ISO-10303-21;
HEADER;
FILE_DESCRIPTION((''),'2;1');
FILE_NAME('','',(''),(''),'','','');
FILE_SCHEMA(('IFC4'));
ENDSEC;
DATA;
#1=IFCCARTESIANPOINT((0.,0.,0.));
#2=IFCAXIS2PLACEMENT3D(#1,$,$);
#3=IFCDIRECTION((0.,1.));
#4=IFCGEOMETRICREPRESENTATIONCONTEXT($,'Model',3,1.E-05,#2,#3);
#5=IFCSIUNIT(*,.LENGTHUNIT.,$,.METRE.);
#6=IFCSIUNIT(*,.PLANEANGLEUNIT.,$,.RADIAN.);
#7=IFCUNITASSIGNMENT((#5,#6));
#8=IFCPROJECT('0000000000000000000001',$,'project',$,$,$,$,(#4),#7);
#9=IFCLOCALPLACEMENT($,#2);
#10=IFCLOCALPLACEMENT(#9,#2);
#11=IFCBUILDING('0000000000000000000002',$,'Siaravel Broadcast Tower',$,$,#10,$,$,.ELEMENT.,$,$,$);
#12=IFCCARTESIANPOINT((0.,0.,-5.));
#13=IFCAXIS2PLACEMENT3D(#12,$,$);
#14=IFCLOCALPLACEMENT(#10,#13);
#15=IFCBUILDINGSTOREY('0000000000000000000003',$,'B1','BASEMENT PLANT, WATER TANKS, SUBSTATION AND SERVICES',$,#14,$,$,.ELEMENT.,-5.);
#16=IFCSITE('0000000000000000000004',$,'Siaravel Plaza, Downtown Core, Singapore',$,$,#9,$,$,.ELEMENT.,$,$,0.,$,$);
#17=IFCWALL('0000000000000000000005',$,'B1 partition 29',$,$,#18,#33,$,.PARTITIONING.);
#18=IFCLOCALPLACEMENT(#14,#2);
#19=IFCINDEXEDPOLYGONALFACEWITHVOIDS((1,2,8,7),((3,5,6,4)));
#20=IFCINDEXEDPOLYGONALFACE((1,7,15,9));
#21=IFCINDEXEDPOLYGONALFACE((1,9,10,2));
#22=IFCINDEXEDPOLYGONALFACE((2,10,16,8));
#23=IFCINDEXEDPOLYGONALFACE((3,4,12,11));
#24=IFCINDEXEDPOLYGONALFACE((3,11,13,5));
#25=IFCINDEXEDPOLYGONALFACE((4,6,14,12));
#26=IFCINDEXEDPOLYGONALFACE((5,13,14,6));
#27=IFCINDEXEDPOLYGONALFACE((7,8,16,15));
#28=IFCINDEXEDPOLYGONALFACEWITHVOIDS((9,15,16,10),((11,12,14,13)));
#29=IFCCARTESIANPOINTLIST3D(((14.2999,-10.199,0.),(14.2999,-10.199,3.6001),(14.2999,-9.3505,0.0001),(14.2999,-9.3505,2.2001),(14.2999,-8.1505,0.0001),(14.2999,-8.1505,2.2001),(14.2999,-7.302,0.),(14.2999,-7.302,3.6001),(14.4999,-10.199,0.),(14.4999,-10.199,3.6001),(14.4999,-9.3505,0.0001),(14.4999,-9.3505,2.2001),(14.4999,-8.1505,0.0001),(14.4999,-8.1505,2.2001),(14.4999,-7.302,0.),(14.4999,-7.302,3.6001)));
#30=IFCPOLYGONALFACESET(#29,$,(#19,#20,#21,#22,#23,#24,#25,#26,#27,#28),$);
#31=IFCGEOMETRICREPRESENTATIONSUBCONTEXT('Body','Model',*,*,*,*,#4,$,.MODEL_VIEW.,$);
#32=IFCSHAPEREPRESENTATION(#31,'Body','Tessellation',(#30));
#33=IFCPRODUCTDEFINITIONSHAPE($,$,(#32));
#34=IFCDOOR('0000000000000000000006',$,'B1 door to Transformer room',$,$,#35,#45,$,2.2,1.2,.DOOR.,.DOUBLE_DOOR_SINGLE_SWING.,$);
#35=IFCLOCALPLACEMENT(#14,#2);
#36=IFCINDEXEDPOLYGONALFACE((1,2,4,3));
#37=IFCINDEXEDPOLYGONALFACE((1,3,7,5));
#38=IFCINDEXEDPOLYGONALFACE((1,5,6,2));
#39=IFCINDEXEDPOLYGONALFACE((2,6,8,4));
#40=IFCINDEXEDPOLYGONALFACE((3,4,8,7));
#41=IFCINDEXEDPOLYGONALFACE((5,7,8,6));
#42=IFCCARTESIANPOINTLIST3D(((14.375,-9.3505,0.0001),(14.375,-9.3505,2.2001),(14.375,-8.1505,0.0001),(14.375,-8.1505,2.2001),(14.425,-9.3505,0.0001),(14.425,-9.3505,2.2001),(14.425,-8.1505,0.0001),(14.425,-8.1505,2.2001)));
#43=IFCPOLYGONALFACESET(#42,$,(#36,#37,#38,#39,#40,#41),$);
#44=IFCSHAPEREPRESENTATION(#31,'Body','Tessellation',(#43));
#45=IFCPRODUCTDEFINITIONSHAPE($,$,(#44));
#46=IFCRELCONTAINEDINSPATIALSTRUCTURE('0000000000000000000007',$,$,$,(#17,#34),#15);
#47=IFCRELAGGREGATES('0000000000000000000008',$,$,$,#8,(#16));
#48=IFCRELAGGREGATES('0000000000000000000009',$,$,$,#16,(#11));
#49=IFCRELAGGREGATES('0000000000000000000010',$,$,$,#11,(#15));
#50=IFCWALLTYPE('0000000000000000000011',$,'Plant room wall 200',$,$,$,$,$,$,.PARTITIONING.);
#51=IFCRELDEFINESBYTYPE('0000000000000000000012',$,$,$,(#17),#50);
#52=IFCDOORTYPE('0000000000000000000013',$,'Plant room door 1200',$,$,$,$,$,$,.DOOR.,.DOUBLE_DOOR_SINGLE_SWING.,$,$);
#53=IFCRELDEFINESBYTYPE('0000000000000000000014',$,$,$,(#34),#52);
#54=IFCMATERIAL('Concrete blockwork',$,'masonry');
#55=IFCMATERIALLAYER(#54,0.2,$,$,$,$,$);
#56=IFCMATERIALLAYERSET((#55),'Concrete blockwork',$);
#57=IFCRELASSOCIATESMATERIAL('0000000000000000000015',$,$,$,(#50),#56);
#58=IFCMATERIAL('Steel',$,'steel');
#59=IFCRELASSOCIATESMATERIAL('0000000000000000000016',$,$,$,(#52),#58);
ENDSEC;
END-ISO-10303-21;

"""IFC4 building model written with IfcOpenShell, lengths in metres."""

from ifc_helpers import new_model, si_unit, direction, frame, frame_2d, origin, place, context, subcontext, project, spatial, rectangle, extrude, material, layer, layer_set, type_object, element, fill, save


model = new_model("IFC4")

# Units and contexts
model_context = context("Model", 3, precision=1e-05, world=origin(), true_north=direction((0.0, 1.0)))
body_context = subcontext(model_context, "Body", "Model", "MODEL_VIEW")
ifc_project = project(units=[si_unit("LENGTHUNIT", "METRE"), si_unit("PLANEANGLEUNIT", "RADIAN")], contexts=[model_context])

# Site, building, storey
site_placement = place(None, origin())
site = spatial("IfcSite", under=ifc_project, at=site_placement, Name="Siaravel Plaza, Downtown Core, Singapore", CompositionType="ELEMENT", RefElevation=0.0)
building_placement = place(site_placement, origin())
building = spatial("IfcBuilding", under=site, at=building_placement, Name="Siaravel Broadcast Tower", CompositionType="ELEMENT")
storey_placement = place(building_placement, frame((0.0, 0.0, -5.0)))
storey = spatial("IfcBuildingStorey", under=building, at=storey_placement, Name="B1", Description="BASEMENT PLANT, WATER TANKS, SUBSTATION AND SERVICES", CompositionType="ELEMENT", Elevation=-5.0)

# Shared definitions
ifc_material_1 = material(Name="Concrete blockwork", Category="masonry")
ifc_layer = layer(ifc_material_1, 0.2)
ifc_layer_set = layer_set([ifc_layer], Name="Concrete blockwork")
wall_type = type_object("IfcWallType", Name="Plant room wall 200", PredefinedType="PARTITIONING", material=ifc_layer_set)

# Shared definitions
ifc_material_2 = material(Name="Steel", Category="steel")
door_type = type_object("IfcDoorType", Name="Plant room door 1200", OperationType="DOUBLE_DOOR_SINGLE_SWING", PredefinedType="DOOR", material=ifc_material_2)

# Wall, opening, door
wall_1_placement = place(storey_placement, frame((14.3999, -10.199, 0.0), z_axis=(0.0, 0.0, 1.0), x_axis=(0.0, 1.0, 0.0)))
wall_1 = element("IfcWall", 1, at=wall_1_placement, inside=storey, type_object=wall_type, Name="B1 partition 29", PredefinedType="PARTITIONING", context=body_context, shape_type="SweptSolid", body=[
    extrude(rectangle(XDim=2.897, YDim=0.2, at=frame_2d((1.4485, 0.0))), origin(), (0.0, 0.0, 1.0), 3.6001),
])
opening_1_placement = place(wall_1_placement, frame((0.8484, 0.0, 0.0)))
opening_1 = element("IfcOpeningElement", 2, at=opening_1_placement, cuts=wall_1, PredefinedType="OPENING", context=body_context, shape_type="SweptSolid", body=[
    extrude(rectangle(XDim=1.2, YDim=2.2, at=frame_2d((0.6001, 1.1001))), frame((0.0, 0.1099, 0.0), z_axis=(0.0, -1.0, 0.0), x_axis=(1.0, 0.0, 0.0)), (0.0, 0.0, 1.0), 0.22),
])
door_1_placement = place(opening_1_placement, origin())
door_1 = element("IfcDoor", 3, at=door_1_placement, inside=storey, type_object=door_type, Name="B1 door to Transformer room", OperationType="DOUBLE_DOOR_SINGLE_SWING", OverallHeight=2.2, OverallWidth=1.2, PredefinedType="DOOR", context=body_context, shape_type="SweptSolid", body=[
    extrude(rectangle(XDim=1.2, YDim=2.2, at=frame_2d((0.6001, 1.1001))), frame((0.0, 0.0249, 0.0), z_axis=(0.0, -1.0, 0.0), x_axis=(1.0, 0.0, 0.0)), (0.0, 0.0, 1.0), 0.05),
])
fill(opening_1, door_1)

save(model, "model.ifc")
